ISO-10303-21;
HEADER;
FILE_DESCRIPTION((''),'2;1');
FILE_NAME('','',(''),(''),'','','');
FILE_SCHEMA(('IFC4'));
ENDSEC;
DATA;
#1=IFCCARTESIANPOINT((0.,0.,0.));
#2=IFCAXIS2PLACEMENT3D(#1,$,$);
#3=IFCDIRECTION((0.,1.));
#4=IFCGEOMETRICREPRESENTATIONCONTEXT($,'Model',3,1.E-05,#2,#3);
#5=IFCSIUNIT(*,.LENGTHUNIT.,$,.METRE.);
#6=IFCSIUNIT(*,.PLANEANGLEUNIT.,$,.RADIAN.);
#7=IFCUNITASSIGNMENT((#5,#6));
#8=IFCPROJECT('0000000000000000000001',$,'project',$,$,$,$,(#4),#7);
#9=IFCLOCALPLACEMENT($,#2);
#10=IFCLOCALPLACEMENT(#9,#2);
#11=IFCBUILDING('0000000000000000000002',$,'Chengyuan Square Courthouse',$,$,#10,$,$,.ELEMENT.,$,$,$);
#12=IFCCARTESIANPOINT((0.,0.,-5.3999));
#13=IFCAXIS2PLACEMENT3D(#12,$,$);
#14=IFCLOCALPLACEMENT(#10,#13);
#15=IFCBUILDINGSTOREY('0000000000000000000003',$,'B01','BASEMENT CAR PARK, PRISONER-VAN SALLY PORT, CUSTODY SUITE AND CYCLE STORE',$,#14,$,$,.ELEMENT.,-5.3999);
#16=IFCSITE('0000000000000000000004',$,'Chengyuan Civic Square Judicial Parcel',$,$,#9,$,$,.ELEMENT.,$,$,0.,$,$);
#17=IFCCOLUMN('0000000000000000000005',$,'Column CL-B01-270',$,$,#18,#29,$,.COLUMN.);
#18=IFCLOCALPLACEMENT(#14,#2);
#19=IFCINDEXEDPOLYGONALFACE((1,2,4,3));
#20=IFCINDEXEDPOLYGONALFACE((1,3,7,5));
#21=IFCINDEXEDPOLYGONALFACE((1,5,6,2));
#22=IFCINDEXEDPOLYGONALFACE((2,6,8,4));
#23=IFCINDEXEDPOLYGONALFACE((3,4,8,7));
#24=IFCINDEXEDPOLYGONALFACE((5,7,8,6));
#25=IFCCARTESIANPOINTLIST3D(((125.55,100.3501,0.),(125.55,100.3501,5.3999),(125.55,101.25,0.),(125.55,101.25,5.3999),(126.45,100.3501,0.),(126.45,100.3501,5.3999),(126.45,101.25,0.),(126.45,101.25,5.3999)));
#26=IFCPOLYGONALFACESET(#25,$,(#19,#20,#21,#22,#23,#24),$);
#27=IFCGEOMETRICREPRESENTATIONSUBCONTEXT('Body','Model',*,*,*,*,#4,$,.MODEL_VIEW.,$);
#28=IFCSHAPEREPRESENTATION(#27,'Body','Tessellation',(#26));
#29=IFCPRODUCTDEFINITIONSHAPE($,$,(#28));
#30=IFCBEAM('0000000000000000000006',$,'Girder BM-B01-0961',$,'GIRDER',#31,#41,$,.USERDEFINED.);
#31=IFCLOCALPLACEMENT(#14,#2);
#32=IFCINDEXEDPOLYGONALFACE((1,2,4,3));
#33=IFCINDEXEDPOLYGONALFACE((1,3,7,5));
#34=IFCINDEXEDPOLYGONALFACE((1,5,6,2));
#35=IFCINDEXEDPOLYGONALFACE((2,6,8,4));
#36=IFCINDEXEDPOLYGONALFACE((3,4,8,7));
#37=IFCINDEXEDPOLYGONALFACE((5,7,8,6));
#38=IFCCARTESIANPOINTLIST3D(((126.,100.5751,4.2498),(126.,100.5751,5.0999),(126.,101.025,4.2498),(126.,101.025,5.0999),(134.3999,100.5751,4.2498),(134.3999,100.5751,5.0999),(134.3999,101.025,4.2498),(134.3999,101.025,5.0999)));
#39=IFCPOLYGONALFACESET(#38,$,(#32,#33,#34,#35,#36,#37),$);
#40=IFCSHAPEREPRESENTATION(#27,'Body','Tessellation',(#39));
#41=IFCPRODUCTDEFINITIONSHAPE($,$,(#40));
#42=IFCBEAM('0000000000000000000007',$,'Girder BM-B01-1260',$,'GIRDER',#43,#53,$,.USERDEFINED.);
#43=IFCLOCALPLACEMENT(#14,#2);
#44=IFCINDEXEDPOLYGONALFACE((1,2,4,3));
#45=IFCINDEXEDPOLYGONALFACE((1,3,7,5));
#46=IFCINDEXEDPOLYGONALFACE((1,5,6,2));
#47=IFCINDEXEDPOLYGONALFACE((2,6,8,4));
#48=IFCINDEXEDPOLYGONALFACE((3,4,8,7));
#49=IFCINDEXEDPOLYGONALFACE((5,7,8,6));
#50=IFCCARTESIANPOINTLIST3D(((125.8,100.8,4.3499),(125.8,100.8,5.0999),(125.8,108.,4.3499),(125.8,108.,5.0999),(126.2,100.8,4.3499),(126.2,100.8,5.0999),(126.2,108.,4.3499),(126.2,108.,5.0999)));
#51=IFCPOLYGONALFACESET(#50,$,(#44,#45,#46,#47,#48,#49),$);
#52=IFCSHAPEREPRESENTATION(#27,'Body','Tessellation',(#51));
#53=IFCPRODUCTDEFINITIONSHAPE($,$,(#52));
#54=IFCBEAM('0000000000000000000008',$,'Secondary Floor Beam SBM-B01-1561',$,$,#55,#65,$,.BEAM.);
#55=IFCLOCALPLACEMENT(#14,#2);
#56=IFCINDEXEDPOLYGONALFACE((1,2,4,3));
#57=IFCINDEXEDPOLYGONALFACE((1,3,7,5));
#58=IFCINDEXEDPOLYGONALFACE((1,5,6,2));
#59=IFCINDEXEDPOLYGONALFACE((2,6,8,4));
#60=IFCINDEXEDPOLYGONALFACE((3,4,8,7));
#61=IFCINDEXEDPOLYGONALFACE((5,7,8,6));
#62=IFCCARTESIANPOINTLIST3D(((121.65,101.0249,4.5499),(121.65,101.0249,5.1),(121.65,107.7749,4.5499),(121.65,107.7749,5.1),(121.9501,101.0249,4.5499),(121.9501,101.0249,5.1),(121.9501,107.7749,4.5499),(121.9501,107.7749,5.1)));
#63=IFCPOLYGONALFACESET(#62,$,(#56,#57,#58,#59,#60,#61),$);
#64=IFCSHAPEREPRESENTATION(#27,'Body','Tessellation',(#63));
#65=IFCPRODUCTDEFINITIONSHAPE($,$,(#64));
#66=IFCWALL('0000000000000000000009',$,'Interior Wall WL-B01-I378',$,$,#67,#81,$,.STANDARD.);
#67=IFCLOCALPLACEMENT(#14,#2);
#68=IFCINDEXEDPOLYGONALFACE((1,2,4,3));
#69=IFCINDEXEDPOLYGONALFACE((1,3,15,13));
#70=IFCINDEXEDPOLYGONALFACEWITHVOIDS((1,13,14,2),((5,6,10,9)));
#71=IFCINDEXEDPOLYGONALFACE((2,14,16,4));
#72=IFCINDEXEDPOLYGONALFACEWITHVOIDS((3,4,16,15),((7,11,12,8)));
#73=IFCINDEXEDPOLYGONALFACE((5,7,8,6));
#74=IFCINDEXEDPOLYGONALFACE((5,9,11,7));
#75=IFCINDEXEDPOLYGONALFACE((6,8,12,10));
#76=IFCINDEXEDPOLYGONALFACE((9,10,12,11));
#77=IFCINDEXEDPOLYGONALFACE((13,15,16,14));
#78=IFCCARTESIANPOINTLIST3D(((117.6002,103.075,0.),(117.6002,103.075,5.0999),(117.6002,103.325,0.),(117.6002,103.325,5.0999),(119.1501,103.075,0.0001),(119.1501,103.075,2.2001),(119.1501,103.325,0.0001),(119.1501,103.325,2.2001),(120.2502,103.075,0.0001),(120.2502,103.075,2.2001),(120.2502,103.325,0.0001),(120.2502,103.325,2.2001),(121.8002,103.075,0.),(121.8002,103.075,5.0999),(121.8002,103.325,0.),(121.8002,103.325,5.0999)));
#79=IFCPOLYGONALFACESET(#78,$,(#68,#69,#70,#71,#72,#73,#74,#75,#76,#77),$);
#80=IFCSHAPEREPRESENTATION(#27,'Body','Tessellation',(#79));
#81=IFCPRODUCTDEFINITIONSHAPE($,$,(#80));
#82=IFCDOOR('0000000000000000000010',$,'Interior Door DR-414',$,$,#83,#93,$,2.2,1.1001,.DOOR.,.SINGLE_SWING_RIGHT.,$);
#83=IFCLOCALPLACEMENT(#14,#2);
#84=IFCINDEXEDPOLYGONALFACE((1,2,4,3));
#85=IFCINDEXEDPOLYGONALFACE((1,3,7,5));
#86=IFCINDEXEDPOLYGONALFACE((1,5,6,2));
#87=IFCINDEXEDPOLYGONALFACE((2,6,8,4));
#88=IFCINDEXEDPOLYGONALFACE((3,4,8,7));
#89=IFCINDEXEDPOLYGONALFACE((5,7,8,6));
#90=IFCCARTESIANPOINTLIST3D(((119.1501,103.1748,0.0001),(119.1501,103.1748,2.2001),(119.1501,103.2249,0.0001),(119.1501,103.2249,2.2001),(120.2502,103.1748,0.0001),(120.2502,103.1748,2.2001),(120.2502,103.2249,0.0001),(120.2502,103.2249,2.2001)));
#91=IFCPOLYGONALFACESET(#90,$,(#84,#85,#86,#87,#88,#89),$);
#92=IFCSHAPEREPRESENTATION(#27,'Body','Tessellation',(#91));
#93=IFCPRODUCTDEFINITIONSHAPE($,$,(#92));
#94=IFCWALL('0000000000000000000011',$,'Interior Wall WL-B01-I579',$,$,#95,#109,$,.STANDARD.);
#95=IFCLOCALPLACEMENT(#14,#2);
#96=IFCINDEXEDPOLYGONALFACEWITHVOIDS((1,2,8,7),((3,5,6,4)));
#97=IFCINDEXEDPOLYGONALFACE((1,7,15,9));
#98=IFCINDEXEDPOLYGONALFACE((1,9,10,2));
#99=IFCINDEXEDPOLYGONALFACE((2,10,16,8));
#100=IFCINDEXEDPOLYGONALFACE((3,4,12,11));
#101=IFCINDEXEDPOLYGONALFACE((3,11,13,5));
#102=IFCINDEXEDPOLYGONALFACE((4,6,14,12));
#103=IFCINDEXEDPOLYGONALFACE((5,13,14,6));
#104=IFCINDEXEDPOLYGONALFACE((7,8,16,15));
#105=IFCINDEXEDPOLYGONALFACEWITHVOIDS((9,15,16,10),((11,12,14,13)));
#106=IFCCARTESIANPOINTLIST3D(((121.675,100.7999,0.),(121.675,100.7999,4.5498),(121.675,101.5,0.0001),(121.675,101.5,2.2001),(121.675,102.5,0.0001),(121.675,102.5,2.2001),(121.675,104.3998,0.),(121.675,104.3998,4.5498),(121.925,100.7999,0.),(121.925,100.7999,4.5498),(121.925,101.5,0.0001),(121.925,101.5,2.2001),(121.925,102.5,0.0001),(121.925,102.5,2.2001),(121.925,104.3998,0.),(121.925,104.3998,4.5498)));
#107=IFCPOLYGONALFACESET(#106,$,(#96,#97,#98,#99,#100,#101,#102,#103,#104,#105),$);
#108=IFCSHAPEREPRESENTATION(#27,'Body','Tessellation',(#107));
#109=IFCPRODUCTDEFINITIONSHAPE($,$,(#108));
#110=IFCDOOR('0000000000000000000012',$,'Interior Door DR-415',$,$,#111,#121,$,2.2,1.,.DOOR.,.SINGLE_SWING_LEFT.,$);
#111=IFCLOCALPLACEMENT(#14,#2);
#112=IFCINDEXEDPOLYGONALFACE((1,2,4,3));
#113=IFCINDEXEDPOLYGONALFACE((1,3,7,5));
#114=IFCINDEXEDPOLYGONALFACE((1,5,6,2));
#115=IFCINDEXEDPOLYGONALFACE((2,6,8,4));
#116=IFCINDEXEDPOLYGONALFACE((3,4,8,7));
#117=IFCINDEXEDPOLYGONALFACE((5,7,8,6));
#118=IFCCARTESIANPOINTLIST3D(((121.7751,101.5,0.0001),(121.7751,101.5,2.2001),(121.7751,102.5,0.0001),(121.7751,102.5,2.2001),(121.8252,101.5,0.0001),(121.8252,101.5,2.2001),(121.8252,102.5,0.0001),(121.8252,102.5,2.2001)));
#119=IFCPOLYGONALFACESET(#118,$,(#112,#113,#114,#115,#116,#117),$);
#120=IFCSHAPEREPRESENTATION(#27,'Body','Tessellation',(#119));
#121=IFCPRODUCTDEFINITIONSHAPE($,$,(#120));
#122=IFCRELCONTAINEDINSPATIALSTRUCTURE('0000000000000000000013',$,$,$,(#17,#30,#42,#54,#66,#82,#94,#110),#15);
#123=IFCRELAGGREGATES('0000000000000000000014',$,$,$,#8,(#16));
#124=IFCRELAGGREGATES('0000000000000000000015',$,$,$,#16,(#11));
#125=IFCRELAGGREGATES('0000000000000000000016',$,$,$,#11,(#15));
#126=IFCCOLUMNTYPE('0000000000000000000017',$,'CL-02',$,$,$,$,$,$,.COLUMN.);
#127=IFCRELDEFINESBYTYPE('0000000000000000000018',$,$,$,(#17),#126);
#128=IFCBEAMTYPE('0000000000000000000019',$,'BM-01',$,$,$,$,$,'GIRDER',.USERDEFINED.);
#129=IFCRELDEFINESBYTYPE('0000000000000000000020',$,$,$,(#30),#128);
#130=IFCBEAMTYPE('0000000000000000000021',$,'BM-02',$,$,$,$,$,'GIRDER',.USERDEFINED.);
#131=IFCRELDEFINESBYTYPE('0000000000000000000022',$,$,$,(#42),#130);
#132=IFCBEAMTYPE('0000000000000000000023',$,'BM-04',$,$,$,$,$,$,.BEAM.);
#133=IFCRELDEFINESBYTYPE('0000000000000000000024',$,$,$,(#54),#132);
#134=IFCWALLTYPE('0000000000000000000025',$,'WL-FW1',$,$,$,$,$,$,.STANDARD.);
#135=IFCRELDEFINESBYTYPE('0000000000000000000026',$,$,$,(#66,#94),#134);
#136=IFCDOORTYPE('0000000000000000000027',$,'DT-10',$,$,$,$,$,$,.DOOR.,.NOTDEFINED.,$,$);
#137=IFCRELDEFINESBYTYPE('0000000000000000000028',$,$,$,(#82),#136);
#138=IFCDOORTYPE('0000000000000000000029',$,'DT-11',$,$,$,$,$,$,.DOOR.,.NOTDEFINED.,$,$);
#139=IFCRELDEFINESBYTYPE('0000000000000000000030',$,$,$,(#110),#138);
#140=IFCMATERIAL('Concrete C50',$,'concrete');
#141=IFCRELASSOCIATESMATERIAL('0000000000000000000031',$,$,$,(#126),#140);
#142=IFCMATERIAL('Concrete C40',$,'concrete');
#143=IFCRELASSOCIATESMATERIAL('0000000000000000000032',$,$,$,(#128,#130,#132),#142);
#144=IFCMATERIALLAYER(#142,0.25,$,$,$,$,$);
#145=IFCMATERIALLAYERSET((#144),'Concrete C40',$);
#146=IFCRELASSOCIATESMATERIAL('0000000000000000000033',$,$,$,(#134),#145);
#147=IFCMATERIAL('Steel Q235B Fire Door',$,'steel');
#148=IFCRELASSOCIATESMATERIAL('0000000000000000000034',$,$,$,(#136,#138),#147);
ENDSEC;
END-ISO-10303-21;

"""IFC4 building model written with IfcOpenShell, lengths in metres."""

from ifc_helpers import new_model, si_unit, direction, frame, frame_2d, origin, origin_2d, place, context, subcontext, project, spatial, rectangle, extrude, material, layer, layer_set, material_profile, profile_set, type_object, element, fill, save


model = new_model("IFC4")

# Units and contexts
model_context = context("Model", 3, precision=1e-05, world=origin(), true_north=direction((0.0, 1.0)))
body_context = subcontext(model_context, "Body", "Model", "MODEL_VIEW")
ifc_project = project(units=[si_unit("LENGTHUNIT", "METRE"), si_unit("PLANEANGLEUNIT", "RADIAN")], contexts=[model_context])

# Site, building, storey
site_placement = place(None, origin())
site = spatial("IfcSite", under=ifc_project, at=site_placement, Name="Chengyuan Civic Square Judicial Parcel", CompositionType="ELEMENT", RefElevation=0.0)
building_placement = place(site_placement, origin())
building = spatial("IfcBuilding", under=site, at=building_placement, Name="Chengyuan Square Courthouse", CompositionType="ELEMENT")
storey_placement = place(building_placement, frame((0.0, 0.0, -5.3999)))
storey = spatial("IfcBuildingStorey", under=building, at=storey_placement, Name="B01", Description="BASEMENT CAR PARK, PRISONER-VAN SALLY PORT, CUSTODY SUITE AND CYCLE STORE", CompositionType="ELEMENT", Elevation=-5.3999)

# Column
ifc_material_1 = material(Name="Concrete C50", Category="concrete")
ifc_material_profile_1 = material_profile(ifc_material_1, rectangle(XDim=0.8999, YDim=0.8999, at=origin_2d()), Name="RC-COL-900x900")
ifc_profile_set_1 = profile_set([ifc_material_profile_1], Name="Concrete C50")
column_type = type_object("IfcColumnType", Name="CL-02", PredefinedType="COLUMN", material=ifc_profile_set_1)
column_placement = place(storey_placement, frame((126.0, 100.8, 0.0), z_axis=(0.0, 0.0, 1.0), x_axis=(1.0, 0.0, 0.0)))
element("IfcColumn", 1, at=column_placement, inside=storey, type_object=column_type, Name="Column CL-B01-270", PredefinedType="COLUMN", context=body_context, shape_type="SweptSolid", body=[
    extrude(rectangle(XDim=0.8999, YDim=0.8999, at=origin_2d()), origin(), (0.0, 0.0, 1.0), 5.3999),
])

# Beams
ifc_material_2 = material(Name="Concrete C40", Category="concrete")
ifc_material_profile_2 = material_profile(ifc_material_2, rectangle(XDim=0.45, YDim=0.8501, at=origin_2d()), Name="RC-BM-450x850")
ifc_profile_set_2 = profile_set([ifc_material_profile_2], Name="Concrete C40")
beam_type_1 = type_object("IfcBeamType", Name="BM-01", ElementType="GIRDER", PredefinedType="USERDEFINED", material=ifc_profile_set_2)
beam_1_placement = place(storey_placement, frame((126.0, 100.8, 4.6748), z_axis=(1.0, 0.0, 0.0), x_axis=(0.0, 1.0, 0.0)))
element("IfcBeam", 2, at=beam_1_placement, inside=storey, type_object=beam_type_1, Name="Girder BM-B01-0961", ObjectType="GIRDER", PredefinedType="USERDEFINED", context=body_context, shape_type="SweptSolid", body=[
    extrude(rectangle(XDim=0.45, YDim=0.8501, at=origin_2d()), origin(), (0.0, 0.0, 1.0), 8.3999),
])
ifc_material_profile_3 = material_profile(ifc_material_2, rectangle(XDim=0.3999, YDim=0.75, at=origin_2d()), Name="RC-BM-400x750")
ifc_profile_set_3 = profile_set([ifc_material_profile_3], Name="Concrete C40")
beam_type_2 = type_object("IfcBeamType", Name="BM-02", ElementType="GIRDER", PredefinedType="USERDEFINED", material=ifc_profile_set_3)
beam_2_placement = place(storey_placement, frame((126.0, 100.8, 4.7249), z_axis=(0.0, 1.0, 0.0), x_axis=(-1.0, 0.0, 0.0)))
element("IfcBeam", 3, at=beam_2_placement, inside=storey, type_object=beam_type_2, Name="Girder BM-B01-1260", ObjectType="GIRDER", PredefinedType="USERDEFINED", context=body_context, shape_type="SweptSolid", body=[
    extrude(rectangle(XDim=0.3999, YDim=0.75, at=origin_2d()), origin(), (0.0, 0.0, 1.0), 7.2),
])
ifc_material_profile_4 = material_profile(ifc_material_2, rectangle(XDim=0.3, YDim=0.55, at=origin_2d()), Name="RC-BM-300x550")
ifc_profile_set_4 = profile_set([ifc_material_profile_4], Name="Concrete C40")
beam_type_3 = type_object("IfcBeamType", Name="BM-04", PredefinedType="BEAM", material=ifc_profile_set_4)
beam_3_placement = place(storey_placement, frame((121.8, 101.0249, 4.825), z_axis=(0.0, 1.0, 0.0), x_axis=(-1.0, 0.0, 0.0)))
element("IfcBeam", 4, at=beam_3_placement, inside=storey, type_object=beam_type_3, Name="Secondary Floor Beam SBM-B01-1561", PredefinedType="BEAM", context=body_context, shape_type="SweptSolid", body=[
    extrude(rectangle(XDim=0.3, YDim=0.55, at=origin_2d()), origin(), (0.0, 0.0, 1.0), 6.75),
])

# Walls, openings, doors
ifc_layer_1 = layer(ifc_material_2, 0.25)
ifc_layer_set_1 = layer_set([ifc_layer_1], Name="Concrete C40")
wall_type_1 = type_object("IfcWallType", Name="WL-FW1", PredefinedType="STANDARD", material=ifc_layer_set_1)
wall_1_placement = place(storey_placement, frame((117.6001, 103.2, 0.0), z_axis=(0.0, 0.0, 1.0), x_axis=(1.0, 0.0, 0.0)))
wall_1 = element("IfcWall", 5, at=wall_1_placement, inside=storey, type_object=wall_type_1, Name="Interior Wall WL-B01-I378", PredefinedType="STANDARD", context=body_context, shape_type="SweptSolid", body=[
    extrude(rectangle(XDim=4.2, YDim=0.25, at=frame_2d((2.1001, 0.0))), origin(), (0.0, 0.0, 1.0), 5.0999),
])
opening_1_placement = place(wall_1_placement, frame((1.55, 0.0, 0.0)))
opening_1 = element("IfcOpeningElement", 6, at=opening_1_placement, cuts=wall_1, PredefinedType="OPENING", context=body_context, shape_type="SweptSolid", body=[
    extrude(rectangle(XDim=1.1001, YDim=2.2, at=frame_2d((0.55, 1.1001))), frame((0.0, 0.137, 0.0), z_axis=(0.0, -1.0, 0.0), x_axis=(1.0, 0.0, 0.0)), (0.0, 0.0, 1.0), 0.2739),
])
ifc_material_3 = material(Name="Steel Q235B Fire Door", Category="steel")
door_type_1 = type_object("IfcDoorType", Name="DT-10", OperationType="NOTDEFINED", PredefinedType="DOOR", material=ifc_material_3)
door_1_placement = place(opening_1_placement, origin())
door_1 = element("IfcDoor", 7, at=door_1_placement, inside=storey, type_object=door_type_1, Name="Interior Door DR-414", OperationType="SINGLE_SWING_RIGHT", OverallHeight=2.2, OverallWidth=1.1001, PredefinedType="DOOR", context=body_context, shape_type="SweptSolid", body=[
    extrude(rectangle(XDim=1.1001, YDim=2.2, at=frame_2d((0.55, 1.1001))), frame((0.0, 0.0249, 0.0), z_axis=(0.0, -1.0, 0.0), x_axis=(1.0, 0.0, 0.0)), (0.0, 0.0, 1.0), 0.05),
])
fill(opening_1, door_1)
wall_2_placement = place(storey_placement, frame((121.8, 100.8, 0.0), z_axis=(0.0, 0.0, 1.0), x_axis=(0.0, 1.0, 0.0)))
wall_2 = element("IfcWall", 8, at=wall_2_placement, inside=storey, type_object=wall_type_1, Name="Interior Wall WL-B01-I579", PredefinedType="STANDARD", context=body_context, shape_type="SweptSolid", body=[
    extrude(rectangle(XDim=3.5999, YDim=0.25, at=frame_2d((1.7998, 0.0))), origin(), (0.0, 0.0, 1.0), 4.5498),
])
opening_2_placement = place(wall_2_placement, frame((0.7, 0.0, 0.0)))
opening_2 = element("IfcOpeningElement", 9, at=opening_2_placement, cuts=wall_2, PredefinedType="OPENING", context=body_context, shape_type="SweptSolid", body=[
    extrude(rectangle(XDim=1.0, YDim=2.2, at=frame_2d((0.5, 1.1001))), frame((0.0, 0.137, 0.0), z_axis=(0.0, -1.0, 0.0), x_axis=(1.0, 0.0, 0.0)), (0.0, 0.0, 1.0), 0.2739),
])
door_type_2 = type_object("IfcDoorType", Name="DT-11", OperationType="NOTDEFINED", PredefinedType="DOOR", material=ifc_material_3)
door_2_placement = place(opening_2_placement, origin())
door_2 = element("IfcDoor", 10, at=door_2_placement, inside=storey, type_object=door_type_2, Name="Interior Door DR-415", OperationType="SINGLE_SWING_LEFT", OverallHeight=2.2, OverallWidth=1.0, PredefinedType="DOOR", context=body_context, shape_type="SweptSolid", body=[
    extrude(rectangle(XDim=1.0, YDim=2.2, at=frame_2d((0.5, 1.1001))), frame((0.0, 0.0249, 0.0), z_axis=(0.0, -1.0, 0.0), x_axis=(1.0, 0.0, 0.0)), (0.0, 0.0, 1.0), 0.05),
])
fill(opening_2, door_2)

save(model, "model.ifc")
